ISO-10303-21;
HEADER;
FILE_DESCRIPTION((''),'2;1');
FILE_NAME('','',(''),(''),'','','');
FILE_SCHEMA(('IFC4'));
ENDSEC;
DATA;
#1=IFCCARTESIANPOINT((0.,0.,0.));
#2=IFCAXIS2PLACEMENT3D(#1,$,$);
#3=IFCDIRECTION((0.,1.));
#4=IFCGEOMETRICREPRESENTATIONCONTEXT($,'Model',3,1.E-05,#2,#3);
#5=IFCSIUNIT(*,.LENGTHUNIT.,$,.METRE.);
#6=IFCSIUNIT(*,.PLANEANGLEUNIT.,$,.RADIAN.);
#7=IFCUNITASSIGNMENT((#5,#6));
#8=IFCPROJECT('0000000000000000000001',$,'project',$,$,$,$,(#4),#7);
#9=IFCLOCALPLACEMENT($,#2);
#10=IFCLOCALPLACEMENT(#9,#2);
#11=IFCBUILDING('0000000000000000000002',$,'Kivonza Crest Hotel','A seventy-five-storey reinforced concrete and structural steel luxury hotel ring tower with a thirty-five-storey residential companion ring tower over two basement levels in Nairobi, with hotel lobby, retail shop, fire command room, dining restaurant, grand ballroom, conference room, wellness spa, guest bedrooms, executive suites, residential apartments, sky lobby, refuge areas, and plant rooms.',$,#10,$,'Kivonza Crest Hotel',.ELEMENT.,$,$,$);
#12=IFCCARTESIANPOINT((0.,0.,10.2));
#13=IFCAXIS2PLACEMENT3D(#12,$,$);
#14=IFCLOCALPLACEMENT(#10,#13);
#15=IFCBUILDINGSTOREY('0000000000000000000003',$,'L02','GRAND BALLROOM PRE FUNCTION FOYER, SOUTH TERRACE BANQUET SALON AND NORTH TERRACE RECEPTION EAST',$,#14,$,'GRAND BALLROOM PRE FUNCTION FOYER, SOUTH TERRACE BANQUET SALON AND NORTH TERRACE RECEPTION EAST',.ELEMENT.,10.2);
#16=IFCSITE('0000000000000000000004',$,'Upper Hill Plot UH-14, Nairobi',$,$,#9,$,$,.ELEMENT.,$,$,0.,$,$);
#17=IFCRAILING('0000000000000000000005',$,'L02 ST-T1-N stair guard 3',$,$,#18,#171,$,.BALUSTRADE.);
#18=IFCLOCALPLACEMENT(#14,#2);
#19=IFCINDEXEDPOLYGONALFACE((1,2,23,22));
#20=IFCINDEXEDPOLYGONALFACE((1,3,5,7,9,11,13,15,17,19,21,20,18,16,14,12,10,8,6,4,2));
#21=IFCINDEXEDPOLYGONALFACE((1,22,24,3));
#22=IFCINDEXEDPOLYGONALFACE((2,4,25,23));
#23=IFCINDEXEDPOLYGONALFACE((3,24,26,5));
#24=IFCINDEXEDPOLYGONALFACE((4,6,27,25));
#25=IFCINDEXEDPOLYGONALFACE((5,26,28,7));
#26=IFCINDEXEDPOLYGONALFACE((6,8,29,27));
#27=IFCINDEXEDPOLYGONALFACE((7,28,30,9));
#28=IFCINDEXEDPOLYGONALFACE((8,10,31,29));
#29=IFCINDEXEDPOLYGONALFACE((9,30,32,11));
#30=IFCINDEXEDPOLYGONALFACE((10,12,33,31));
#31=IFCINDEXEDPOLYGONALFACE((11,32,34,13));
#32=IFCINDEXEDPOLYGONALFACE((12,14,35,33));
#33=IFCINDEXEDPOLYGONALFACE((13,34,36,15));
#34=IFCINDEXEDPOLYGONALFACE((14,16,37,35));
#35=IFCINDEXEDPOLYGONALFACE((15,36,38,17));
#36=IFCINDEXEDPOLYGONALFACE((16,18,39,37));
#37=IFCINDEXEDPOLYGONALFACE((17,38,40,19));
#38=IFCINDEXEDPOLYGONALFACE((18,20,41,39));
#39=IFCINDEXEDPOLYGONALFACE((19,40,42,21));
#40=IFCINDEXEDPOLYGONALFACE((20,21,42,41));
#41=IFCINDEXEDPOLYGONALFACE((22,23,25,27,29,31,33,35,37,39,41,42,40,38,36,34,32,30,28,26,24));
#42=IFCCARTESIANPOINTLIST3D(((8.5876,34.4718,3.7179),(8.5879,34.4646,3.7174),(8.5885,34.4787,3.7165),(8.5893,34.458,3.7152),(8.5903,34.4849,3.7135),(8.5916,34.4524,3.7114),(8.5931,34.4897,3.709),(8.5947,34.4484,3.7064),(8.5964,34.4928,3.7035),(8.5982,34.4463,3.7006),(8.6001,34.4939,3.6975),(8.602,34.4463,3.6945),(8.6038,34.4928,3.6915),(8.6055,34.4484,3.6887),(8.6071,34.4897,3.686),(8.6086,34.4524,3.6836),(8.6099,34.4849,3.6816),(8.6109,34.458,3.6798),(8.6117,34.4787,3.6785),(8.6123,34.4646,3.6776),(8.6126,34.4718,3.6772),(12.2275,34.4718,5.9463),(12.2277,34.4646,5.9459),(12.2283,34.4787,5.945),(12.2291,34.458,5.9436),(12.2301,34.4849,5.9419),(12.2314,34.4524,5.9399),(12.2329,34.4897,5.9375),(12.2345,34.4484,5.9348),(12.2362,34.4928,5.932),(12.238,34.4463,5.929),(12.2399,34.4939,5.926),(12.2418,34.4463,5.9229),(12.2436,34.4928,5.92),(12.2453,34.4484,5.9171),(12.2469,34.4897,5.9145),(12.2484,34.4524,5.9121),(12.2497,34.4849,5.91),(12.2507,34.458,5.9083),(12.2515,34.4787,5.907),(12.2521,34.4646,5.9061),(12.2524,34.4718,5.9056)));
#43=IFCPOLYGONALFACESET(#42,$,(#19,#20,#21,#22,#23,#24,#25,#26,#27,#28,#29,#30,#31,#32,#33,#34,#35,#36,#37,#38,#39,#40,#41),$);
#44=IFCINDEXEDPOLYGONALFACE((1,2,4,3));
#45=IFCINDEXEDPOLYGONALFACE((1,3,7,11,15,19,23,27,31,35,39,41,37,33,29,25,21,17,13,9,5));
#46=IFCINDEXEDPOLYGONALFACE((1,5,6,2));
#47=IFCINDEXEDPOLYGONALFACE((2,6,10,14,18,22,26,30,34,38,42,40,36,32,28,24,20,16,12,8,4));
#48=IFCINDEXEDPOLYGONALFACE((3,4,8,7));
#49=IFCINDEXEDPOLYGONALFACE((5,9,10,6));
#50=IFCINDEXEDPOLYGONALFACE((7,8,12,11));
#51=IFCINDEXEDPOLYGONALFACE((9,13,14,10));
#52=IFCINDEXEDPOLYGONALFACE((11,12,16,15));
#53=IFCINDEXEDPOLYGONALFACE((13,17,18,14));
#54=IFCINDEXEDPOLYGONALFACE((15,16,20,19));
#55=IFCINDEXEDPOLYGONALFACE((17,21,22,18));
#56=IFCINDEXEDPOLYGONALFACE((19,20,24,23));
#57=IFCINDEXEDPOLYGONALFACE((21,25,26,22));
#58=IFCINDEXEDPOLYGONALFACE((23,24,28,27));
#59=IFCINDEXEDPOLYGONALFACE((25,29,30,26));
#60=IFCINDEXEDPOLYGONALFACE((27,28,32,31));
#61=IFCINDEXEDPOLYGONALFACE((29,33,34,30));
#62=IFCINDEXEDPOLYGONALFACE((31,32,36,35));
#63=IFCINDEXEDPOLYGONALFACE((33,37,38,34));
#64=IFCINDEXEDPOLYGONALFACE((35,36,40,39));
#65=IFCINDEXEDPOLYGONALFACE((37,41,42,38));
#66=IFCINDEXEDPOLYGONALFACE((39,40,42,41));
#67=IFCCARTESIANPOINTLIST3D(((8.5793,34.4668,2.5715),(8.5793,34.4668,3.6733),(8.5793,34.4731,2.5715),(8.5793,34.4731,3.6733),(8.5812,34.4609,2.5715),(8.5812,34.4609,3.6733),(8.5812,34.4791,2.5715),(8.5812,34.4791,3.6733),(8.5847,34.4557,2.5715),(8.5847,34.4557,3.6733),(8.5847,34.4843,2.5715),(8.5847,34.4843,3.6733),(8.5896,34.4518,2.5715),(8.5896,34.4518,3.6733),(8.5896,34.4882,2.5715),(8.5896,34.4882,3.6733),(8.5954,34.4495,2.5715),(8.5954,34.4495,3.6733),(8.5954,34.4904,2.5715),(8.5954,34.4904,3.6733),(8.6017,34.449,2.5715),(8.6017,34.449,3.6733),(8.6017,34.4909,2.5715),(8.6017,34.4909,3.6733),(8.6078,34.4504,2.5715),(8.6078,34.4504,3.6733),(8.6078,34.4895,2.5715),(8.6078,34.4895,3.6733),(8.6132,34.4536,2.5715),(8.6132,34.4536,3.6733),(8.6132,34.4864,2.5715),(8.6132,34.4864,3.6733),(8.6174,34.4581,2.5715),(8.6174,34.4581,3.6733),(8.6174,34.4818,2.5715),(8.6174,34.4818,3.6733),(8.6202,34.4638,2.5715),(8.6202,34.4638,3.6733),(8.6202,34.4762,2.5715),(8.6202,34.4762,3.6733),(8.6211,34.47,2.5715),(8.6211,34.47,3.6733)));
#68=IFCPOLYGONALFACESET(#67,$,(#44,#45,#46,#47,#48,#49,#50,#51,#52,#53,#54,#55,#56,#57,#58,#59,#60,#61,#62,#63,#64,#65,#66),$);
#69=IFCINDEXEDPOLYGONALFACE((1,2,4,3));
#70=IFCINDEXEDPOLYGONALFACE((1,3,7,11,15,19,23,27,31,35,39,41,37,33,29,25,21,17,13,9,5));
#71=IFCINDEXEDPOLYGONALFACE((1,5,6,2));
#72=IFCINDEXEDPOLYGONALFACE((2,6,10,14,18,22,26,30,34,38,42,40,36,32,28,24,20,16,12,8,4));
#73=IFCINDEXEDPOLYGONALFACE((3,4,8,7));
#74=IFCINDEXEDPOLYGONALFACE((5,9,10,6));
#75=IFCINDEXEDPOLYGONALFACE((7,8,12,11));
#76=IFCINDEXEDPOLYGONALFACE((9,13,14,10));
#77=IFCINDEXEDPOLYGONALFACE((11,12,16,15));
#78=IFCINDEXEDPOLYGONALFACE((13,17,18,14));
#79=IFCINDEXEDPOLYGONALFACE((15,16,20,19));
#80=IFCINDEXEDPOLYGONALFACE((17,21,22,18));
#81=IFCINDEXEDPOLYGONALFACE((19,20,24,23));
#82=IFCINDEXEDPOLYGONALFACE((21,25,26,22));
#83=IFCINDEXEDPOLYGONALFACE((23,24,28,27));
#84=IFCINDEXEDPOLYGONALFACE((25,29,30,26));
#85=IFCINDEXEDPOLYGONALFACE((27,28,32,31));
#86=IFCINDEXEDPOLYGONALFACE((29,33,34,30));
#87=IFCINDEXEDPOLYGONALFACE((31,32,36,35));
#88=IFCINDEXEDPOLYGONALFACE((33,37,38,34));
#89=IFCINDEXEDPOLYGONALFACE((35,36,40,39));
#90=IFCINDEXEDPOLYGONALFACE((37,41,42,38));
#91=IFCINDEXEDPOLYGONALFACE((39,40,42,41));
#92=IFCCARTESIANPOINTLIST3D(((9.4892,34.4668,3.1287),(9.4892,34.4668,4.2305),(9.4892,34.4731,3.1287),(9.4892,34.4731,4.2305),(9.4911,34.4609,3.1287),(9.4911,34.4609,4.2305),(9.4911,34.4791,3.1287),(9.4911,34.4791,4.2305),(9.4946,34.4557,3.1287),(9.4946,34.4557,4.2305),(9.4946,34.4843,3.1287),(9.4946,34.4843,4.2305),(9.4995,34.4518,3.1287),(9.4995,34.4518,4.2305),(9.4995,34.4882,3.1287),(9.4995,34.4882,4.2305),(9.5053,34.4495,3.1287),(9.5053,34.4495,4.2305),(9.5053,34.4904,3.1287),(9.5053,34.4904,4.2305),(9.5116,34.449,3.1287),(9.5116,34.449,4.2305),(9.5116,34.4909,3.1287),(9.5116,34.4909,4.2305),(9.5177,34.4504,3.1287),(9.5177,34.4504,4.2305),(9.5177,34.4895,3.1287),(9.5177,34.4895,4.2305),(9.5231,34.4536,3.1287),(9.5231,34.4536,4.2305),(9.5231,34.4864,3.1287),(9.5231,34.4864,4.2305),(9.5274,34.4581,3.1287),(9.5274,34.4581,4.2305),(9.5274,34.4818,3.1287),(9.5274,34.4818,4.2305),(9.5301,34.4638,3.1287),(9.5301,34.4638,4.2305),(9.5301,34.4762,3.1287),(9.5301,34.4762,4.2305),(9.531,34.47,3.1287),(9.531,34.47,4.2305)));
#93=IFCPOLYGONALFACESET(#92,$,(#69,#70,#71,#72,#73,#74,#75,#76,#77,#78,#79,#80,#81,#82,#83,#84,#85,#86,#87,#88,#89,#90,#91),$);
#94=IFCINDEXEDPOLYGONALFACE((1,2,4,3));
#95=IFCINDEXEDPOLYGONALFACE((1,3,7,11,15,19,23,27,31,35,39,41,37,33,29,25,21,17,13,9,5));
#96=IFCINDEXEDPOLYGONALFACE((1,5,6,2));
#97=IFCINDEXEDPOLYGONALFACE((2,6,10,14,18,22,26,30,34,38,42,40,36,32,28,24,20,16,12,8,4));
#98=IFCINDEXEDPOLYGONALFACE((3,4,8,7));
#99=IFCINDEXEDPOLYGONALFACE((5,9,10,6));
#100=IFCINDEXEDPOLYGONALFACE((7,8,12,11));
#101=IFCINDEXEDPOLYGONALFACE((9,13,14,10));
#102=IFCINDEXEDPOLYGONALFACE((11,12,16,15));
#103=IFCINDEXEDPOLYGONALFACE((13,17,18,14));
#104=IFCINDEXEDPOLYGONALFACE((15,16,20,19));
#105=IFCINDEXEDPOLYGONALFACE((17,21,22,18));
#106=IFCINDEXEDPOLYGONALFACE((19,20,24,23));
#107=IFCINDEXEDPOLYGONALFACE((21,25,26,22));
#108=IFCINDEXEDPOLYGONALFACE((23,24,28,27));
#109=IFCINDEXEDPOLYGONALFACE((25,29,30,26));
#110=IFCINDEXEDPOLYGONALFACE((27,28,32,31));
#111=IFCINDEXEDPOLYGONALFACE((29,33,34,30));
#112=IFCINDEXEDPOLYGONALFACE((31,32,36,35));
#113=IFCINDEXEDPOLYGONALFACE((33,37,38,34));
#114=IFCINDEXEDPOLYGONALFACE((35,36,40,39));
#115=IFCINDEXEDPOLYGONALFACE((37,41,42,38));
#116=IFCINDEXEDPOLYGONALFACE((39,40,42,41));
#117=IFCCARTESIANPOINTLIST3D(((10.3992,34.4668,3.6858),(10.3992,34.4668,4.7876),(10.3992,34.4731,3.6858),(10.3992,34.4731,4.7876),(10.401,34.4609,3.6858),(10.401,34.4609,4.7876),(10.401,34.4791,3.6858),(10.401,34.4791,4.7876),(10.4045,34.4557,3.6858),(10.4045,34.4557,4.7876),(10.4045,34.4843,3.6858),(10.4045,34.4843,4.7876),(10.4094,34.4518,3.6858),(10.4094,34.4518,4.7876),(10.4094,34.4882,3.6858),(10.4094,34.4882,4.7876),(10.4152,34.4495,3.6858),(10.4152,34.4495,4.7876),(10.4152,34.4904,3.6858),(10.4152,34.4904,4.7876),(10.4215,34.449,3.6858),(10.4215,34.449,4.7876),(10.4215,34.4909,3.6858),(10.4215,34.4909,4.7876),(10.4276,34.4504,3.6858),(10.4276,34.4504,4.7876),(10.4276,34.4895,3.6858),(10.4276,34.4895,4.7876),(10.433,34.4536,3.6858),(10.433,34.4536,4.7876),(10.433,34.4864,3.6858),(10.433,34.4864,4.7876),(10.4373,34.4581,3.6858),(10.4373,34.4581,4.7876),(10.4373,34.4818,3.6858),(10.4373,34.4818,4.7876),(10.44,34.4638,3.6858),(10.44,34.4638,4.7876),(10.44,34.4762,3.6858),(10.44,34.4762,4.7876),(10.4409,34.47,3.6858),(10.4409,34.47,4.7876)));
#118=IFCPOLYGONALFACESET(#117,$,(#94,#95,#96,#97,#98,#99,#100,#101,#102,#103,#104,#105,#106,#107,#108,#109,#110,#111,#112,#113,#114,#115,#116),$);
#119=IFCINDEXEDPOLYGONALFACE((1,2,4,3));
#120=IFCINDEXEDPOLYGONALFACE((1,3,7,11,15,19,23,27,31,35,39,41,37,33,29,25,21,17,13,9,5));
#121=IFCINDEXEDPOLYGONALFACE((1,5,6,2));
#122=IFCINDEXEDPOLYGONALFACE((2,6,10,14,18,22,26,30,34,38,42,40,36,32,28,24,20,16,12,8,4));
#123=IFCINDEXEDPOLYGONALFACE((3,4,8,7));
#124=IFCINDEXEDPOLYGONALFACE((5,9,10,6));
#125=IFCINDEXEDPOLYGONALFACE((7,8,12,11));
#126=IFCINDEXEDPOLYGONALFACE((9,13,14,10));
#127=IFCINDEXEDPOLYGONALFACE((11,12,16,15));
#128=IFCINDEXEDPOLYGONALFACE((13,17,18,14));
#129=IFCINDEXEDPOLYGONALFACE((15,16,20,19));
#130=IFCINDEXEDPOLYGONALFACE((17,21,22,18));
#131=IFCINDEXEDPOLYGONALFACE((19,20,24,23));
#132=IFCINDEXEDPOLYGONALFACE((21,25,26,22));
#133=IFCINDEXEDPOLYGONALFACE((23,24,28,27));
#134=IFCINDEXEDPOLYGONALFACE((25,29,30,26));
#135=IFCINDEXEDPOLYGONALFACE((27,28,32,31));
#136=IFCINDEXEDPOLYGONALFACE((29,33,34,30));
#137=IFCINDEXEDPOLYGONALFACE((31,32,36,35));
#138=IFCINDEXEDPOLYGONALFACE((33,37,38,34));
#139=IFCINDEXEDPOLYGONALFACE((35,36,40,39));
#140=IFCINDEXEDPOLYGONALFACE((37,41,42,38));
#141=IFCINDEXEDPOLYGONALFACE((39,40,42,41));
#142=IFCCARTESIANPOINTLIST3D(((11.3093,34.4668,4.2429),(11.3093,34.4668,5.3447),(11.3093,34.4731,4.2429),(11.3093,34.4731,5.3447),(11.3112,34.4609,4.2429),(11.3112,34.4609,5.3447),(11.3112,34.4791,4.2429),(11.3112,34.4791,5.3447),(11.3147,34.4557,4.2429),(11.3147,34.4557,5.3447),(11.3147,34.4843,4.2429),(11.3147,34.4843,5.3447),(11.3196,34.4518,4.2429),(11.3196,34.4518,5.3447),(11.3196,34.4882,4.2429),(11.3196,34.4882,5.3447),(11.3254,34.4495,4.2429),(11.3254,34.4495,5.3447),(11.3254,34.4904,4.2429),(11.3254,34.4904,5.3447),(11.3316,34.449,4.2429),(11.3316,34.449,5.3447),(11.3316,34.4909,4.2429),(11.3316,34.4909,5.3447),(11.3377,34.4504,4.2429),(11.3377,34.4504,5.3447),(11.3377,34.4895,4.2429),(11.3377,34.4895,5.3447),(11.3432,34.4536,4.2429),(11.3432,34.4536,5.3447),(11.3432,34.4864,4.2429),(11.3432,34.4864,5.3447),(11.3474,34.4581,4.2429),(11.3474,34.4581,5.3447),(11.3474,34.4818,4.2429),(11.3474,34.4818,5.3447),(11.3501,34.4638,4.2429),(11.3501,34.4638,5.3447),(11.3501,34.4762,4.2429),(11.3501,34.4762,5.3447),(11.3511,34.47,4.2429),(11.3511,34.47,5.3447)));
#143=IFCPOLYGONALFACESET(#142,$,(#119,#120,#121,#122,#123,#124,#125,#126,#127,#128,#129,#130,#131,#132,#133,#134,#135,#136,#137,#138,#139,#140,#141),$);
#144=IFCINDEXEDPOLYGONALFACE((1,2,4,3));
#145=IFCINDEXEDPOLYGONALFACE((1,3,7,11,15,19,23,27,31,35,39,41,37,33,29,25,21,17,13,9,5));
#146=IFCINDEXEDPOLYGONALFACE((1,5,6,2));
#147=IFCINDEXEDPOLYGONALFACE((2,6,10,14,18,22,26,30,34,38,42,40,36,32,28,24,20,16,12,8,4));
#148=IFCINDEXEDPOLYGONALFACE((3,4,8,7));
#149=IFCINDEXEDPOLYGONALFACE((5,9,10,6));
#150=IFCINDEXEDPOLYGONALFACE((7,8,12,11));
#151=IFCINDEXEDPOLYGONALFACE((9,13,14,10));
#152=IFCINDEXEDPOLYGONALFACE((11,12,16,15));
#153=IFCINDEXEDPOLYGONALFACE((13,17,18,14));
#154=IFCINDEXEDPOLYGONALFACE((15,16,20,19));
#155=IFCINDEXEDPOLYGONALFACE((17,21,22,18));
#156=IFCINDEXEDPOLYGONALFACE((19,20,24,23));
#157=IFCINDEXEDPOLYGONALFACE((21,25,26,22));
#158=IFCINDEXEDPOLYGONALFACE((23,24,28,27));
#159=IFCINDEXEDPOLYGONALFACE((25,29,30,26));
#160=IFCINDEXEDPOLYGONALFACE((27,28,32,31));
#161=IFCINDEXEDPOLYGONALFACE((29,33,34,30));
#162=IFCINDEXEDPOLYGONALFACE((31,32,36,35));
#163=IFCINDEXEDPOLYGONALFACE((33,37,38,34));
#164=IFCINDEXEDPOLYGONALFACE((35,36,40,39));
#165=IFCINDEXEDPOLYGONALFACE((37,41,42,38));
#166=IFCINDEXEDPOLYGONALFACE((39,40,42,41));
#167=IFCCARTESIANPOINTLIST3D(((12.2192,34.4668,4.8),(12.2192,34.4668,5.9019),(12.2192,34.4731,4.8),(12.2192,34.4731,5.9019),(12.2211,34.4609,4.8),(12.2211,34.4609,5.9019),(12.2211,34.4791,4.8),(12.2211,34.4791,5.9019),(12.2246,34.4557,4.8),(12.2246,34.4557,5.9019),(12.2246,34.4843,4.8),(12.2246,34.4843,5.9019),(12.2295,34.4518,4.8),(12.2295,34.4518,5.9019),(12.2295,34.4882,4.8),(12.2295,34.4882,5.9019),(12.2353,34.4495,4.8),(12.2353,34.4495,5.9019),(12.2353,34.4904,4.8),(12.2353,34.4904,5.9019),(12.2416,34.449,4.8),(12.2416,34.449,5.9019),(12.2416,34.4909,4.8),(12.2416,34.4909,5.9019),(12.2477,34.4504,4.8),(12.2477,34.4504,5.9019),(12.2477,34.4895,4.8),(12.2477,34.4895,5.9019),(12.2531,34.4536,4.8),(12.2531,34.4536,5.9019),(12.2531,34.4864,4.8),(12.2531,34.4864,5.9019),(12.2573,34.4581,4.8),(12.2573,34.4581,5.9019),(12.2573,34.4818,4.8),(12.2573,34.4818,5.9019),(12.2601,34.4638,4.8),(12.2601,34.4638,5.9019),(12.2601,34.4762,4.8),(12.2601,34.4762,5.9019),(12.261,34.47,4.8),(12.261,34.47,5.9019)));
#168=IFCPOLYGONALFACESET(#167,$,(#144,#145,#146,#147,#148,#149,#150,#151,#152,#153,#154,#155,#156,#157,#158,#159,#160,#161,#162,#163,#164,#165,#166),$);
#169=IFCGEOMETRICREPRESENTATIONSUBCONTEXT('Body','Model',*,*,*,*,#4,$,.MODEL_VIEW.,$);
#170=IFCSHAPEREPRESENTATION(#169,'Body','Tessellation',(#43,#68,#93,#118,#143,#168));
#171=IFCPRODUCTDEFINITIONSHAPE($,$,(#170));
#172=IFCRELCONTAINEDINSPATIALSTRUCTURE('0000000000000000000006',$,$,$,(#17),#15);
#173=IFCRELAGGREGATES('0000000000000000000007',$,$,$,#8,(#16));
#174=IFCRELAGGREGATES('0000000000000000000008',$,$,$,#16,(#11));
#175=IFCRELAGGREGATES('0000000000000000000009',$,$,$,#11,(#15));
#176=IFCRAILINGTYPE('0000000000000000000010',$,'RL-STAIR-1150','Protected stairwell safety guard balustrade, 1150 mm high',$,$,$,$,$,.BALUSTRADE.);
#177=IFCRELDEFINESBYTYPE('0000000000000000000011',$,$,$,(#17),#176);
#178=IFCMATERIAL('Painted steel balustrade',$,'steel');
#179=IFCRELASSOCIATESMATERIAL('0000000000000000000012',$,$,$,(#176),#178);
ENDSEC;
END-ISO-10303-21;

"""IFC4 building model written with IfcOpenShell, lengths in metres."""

from ifc_helpers import new_model, si_unit, direction, frame, origin, origin_2d, place, context, subcontext, project, spatial, circle, extrude, material, type_object, element, save


model = new_model("IFC4")

# Units and contexts
model_context = context("Model", 3, precision=1e-05, world=origin(), true_north=direction((0.0, 1.0)))
body_context = subcontext(model_context, "Body", "Model", "MODEL_VIEW")
ifc_project = project(units=[si_unit("LENGTHUNIT", "METRE"), si_unit("PLANEANGLEUNIT", "RADIAN")], contexts=[model_context])

# Site, building, storey
site_placement = place(None, origin())
site = spatial("IfcSite", under=ifc_project, at=site_placement, Name="Upper Hill Plot UH-14, Nairobi", CompositionType="ELEMENT", RefElevation=0.0)
building_placement = place(site_placement, origin())
building = spatial("IfcBuilding", under=site, at=building_placement, Name="Kivonza Crest Hotel", Description="A seventy-five-storey reinforced concrete and structural steel luxury hotel ring tower with a thirty-five-storey residential companion ring tower over two basement levels in Nairobi, with hotel lobby, retail shop, fire command room, dining restaurant, grand ballroom, conference room, wellness spa, guest bedrooms, executive suites, residential apartments, sky lobby, refuge areas, and plant rooms.", LongName="Kivonza Crest Hotel", CompositionType="ELEMENT")
storey_placement = place(building_placement, frame((0.0, 0.0, 10.2)))
storey = spatial("IfcBuildingStorey", under=building, at=storey_placement, Name="L02", Description="GRAND BALLROOM PRE FUNCTION FOYER, SOUTH TERRACE BANQUET SALON AND NORTH TERRACE RECEPTION EAST", LongName="GRAND BALLROOM PRE FUNCTION FOYER, SOUTH TERRACE BANQUET SALON AND NORTH TERRACE RECEPTION EAST", CompositionType="ELEMENT", Elevation=10.2)

# Railing
ifc_material_1 = material(Name="Painted steel balustrade", Category="steel")
railing_type_1 = type_object("IfcRailingType", Name="RL-STAIR-1150", Description="Protected stairwell safety guard balustrade, 1150 mm high", PredefinedType="BALUSTRADE", material=ifc_material_1)
railing_1_placement = place(storey_placement, frame((8.6001, 34.47, 2.5715)))
element("IfcRailing", 1, at=railing_1_placement, inside=storey, type_object=railing_type_1, Name="L02 ST-T1-N stair guard 3", PredefinedType="BALUSTRADE", context=body_context, shape_type="SweptSolid", body=[
    extrude(circle(Radius=0.0239, at=origin_2d()), frame((0.0, 0.0, 1.126), z_axis=(0.85285, 0.0, 0.522156), x_axis=(0.0, 1.0, 0.0)), (0.0, 0.0, 1.0), 4.2678),
    extrude(circle(Radius=0.021, at=origin_2d()), origin(), (0.0, 0.0, 1.0), 1.1018),
    extrude(circle(Radius=0.021, at=origin_2d()), frame((0.9099, 0.0, 0.5571)), (0.0, 0.0, 1.0), 1.1018),
    extrude(circle(Radius=0.021, at=origin_2d()), frame((1.8198, 0.0, 1.1143)), (0.0, 0.0, 1.0), 1.1018),
    extrude(circle(Radius=0.021, at=origin_2d()), frame((2.73, 0.0, 1.6714)), (0.0, 0.0, 1.0), 1.1018),
    extrude(circle(Radius=0.021, at=origin_2d()), frame((3.6399, 0.0, 2.2285)), (0.0, 0.0, 1.0), 1.1018),
])

save(model, "model.ifc")
